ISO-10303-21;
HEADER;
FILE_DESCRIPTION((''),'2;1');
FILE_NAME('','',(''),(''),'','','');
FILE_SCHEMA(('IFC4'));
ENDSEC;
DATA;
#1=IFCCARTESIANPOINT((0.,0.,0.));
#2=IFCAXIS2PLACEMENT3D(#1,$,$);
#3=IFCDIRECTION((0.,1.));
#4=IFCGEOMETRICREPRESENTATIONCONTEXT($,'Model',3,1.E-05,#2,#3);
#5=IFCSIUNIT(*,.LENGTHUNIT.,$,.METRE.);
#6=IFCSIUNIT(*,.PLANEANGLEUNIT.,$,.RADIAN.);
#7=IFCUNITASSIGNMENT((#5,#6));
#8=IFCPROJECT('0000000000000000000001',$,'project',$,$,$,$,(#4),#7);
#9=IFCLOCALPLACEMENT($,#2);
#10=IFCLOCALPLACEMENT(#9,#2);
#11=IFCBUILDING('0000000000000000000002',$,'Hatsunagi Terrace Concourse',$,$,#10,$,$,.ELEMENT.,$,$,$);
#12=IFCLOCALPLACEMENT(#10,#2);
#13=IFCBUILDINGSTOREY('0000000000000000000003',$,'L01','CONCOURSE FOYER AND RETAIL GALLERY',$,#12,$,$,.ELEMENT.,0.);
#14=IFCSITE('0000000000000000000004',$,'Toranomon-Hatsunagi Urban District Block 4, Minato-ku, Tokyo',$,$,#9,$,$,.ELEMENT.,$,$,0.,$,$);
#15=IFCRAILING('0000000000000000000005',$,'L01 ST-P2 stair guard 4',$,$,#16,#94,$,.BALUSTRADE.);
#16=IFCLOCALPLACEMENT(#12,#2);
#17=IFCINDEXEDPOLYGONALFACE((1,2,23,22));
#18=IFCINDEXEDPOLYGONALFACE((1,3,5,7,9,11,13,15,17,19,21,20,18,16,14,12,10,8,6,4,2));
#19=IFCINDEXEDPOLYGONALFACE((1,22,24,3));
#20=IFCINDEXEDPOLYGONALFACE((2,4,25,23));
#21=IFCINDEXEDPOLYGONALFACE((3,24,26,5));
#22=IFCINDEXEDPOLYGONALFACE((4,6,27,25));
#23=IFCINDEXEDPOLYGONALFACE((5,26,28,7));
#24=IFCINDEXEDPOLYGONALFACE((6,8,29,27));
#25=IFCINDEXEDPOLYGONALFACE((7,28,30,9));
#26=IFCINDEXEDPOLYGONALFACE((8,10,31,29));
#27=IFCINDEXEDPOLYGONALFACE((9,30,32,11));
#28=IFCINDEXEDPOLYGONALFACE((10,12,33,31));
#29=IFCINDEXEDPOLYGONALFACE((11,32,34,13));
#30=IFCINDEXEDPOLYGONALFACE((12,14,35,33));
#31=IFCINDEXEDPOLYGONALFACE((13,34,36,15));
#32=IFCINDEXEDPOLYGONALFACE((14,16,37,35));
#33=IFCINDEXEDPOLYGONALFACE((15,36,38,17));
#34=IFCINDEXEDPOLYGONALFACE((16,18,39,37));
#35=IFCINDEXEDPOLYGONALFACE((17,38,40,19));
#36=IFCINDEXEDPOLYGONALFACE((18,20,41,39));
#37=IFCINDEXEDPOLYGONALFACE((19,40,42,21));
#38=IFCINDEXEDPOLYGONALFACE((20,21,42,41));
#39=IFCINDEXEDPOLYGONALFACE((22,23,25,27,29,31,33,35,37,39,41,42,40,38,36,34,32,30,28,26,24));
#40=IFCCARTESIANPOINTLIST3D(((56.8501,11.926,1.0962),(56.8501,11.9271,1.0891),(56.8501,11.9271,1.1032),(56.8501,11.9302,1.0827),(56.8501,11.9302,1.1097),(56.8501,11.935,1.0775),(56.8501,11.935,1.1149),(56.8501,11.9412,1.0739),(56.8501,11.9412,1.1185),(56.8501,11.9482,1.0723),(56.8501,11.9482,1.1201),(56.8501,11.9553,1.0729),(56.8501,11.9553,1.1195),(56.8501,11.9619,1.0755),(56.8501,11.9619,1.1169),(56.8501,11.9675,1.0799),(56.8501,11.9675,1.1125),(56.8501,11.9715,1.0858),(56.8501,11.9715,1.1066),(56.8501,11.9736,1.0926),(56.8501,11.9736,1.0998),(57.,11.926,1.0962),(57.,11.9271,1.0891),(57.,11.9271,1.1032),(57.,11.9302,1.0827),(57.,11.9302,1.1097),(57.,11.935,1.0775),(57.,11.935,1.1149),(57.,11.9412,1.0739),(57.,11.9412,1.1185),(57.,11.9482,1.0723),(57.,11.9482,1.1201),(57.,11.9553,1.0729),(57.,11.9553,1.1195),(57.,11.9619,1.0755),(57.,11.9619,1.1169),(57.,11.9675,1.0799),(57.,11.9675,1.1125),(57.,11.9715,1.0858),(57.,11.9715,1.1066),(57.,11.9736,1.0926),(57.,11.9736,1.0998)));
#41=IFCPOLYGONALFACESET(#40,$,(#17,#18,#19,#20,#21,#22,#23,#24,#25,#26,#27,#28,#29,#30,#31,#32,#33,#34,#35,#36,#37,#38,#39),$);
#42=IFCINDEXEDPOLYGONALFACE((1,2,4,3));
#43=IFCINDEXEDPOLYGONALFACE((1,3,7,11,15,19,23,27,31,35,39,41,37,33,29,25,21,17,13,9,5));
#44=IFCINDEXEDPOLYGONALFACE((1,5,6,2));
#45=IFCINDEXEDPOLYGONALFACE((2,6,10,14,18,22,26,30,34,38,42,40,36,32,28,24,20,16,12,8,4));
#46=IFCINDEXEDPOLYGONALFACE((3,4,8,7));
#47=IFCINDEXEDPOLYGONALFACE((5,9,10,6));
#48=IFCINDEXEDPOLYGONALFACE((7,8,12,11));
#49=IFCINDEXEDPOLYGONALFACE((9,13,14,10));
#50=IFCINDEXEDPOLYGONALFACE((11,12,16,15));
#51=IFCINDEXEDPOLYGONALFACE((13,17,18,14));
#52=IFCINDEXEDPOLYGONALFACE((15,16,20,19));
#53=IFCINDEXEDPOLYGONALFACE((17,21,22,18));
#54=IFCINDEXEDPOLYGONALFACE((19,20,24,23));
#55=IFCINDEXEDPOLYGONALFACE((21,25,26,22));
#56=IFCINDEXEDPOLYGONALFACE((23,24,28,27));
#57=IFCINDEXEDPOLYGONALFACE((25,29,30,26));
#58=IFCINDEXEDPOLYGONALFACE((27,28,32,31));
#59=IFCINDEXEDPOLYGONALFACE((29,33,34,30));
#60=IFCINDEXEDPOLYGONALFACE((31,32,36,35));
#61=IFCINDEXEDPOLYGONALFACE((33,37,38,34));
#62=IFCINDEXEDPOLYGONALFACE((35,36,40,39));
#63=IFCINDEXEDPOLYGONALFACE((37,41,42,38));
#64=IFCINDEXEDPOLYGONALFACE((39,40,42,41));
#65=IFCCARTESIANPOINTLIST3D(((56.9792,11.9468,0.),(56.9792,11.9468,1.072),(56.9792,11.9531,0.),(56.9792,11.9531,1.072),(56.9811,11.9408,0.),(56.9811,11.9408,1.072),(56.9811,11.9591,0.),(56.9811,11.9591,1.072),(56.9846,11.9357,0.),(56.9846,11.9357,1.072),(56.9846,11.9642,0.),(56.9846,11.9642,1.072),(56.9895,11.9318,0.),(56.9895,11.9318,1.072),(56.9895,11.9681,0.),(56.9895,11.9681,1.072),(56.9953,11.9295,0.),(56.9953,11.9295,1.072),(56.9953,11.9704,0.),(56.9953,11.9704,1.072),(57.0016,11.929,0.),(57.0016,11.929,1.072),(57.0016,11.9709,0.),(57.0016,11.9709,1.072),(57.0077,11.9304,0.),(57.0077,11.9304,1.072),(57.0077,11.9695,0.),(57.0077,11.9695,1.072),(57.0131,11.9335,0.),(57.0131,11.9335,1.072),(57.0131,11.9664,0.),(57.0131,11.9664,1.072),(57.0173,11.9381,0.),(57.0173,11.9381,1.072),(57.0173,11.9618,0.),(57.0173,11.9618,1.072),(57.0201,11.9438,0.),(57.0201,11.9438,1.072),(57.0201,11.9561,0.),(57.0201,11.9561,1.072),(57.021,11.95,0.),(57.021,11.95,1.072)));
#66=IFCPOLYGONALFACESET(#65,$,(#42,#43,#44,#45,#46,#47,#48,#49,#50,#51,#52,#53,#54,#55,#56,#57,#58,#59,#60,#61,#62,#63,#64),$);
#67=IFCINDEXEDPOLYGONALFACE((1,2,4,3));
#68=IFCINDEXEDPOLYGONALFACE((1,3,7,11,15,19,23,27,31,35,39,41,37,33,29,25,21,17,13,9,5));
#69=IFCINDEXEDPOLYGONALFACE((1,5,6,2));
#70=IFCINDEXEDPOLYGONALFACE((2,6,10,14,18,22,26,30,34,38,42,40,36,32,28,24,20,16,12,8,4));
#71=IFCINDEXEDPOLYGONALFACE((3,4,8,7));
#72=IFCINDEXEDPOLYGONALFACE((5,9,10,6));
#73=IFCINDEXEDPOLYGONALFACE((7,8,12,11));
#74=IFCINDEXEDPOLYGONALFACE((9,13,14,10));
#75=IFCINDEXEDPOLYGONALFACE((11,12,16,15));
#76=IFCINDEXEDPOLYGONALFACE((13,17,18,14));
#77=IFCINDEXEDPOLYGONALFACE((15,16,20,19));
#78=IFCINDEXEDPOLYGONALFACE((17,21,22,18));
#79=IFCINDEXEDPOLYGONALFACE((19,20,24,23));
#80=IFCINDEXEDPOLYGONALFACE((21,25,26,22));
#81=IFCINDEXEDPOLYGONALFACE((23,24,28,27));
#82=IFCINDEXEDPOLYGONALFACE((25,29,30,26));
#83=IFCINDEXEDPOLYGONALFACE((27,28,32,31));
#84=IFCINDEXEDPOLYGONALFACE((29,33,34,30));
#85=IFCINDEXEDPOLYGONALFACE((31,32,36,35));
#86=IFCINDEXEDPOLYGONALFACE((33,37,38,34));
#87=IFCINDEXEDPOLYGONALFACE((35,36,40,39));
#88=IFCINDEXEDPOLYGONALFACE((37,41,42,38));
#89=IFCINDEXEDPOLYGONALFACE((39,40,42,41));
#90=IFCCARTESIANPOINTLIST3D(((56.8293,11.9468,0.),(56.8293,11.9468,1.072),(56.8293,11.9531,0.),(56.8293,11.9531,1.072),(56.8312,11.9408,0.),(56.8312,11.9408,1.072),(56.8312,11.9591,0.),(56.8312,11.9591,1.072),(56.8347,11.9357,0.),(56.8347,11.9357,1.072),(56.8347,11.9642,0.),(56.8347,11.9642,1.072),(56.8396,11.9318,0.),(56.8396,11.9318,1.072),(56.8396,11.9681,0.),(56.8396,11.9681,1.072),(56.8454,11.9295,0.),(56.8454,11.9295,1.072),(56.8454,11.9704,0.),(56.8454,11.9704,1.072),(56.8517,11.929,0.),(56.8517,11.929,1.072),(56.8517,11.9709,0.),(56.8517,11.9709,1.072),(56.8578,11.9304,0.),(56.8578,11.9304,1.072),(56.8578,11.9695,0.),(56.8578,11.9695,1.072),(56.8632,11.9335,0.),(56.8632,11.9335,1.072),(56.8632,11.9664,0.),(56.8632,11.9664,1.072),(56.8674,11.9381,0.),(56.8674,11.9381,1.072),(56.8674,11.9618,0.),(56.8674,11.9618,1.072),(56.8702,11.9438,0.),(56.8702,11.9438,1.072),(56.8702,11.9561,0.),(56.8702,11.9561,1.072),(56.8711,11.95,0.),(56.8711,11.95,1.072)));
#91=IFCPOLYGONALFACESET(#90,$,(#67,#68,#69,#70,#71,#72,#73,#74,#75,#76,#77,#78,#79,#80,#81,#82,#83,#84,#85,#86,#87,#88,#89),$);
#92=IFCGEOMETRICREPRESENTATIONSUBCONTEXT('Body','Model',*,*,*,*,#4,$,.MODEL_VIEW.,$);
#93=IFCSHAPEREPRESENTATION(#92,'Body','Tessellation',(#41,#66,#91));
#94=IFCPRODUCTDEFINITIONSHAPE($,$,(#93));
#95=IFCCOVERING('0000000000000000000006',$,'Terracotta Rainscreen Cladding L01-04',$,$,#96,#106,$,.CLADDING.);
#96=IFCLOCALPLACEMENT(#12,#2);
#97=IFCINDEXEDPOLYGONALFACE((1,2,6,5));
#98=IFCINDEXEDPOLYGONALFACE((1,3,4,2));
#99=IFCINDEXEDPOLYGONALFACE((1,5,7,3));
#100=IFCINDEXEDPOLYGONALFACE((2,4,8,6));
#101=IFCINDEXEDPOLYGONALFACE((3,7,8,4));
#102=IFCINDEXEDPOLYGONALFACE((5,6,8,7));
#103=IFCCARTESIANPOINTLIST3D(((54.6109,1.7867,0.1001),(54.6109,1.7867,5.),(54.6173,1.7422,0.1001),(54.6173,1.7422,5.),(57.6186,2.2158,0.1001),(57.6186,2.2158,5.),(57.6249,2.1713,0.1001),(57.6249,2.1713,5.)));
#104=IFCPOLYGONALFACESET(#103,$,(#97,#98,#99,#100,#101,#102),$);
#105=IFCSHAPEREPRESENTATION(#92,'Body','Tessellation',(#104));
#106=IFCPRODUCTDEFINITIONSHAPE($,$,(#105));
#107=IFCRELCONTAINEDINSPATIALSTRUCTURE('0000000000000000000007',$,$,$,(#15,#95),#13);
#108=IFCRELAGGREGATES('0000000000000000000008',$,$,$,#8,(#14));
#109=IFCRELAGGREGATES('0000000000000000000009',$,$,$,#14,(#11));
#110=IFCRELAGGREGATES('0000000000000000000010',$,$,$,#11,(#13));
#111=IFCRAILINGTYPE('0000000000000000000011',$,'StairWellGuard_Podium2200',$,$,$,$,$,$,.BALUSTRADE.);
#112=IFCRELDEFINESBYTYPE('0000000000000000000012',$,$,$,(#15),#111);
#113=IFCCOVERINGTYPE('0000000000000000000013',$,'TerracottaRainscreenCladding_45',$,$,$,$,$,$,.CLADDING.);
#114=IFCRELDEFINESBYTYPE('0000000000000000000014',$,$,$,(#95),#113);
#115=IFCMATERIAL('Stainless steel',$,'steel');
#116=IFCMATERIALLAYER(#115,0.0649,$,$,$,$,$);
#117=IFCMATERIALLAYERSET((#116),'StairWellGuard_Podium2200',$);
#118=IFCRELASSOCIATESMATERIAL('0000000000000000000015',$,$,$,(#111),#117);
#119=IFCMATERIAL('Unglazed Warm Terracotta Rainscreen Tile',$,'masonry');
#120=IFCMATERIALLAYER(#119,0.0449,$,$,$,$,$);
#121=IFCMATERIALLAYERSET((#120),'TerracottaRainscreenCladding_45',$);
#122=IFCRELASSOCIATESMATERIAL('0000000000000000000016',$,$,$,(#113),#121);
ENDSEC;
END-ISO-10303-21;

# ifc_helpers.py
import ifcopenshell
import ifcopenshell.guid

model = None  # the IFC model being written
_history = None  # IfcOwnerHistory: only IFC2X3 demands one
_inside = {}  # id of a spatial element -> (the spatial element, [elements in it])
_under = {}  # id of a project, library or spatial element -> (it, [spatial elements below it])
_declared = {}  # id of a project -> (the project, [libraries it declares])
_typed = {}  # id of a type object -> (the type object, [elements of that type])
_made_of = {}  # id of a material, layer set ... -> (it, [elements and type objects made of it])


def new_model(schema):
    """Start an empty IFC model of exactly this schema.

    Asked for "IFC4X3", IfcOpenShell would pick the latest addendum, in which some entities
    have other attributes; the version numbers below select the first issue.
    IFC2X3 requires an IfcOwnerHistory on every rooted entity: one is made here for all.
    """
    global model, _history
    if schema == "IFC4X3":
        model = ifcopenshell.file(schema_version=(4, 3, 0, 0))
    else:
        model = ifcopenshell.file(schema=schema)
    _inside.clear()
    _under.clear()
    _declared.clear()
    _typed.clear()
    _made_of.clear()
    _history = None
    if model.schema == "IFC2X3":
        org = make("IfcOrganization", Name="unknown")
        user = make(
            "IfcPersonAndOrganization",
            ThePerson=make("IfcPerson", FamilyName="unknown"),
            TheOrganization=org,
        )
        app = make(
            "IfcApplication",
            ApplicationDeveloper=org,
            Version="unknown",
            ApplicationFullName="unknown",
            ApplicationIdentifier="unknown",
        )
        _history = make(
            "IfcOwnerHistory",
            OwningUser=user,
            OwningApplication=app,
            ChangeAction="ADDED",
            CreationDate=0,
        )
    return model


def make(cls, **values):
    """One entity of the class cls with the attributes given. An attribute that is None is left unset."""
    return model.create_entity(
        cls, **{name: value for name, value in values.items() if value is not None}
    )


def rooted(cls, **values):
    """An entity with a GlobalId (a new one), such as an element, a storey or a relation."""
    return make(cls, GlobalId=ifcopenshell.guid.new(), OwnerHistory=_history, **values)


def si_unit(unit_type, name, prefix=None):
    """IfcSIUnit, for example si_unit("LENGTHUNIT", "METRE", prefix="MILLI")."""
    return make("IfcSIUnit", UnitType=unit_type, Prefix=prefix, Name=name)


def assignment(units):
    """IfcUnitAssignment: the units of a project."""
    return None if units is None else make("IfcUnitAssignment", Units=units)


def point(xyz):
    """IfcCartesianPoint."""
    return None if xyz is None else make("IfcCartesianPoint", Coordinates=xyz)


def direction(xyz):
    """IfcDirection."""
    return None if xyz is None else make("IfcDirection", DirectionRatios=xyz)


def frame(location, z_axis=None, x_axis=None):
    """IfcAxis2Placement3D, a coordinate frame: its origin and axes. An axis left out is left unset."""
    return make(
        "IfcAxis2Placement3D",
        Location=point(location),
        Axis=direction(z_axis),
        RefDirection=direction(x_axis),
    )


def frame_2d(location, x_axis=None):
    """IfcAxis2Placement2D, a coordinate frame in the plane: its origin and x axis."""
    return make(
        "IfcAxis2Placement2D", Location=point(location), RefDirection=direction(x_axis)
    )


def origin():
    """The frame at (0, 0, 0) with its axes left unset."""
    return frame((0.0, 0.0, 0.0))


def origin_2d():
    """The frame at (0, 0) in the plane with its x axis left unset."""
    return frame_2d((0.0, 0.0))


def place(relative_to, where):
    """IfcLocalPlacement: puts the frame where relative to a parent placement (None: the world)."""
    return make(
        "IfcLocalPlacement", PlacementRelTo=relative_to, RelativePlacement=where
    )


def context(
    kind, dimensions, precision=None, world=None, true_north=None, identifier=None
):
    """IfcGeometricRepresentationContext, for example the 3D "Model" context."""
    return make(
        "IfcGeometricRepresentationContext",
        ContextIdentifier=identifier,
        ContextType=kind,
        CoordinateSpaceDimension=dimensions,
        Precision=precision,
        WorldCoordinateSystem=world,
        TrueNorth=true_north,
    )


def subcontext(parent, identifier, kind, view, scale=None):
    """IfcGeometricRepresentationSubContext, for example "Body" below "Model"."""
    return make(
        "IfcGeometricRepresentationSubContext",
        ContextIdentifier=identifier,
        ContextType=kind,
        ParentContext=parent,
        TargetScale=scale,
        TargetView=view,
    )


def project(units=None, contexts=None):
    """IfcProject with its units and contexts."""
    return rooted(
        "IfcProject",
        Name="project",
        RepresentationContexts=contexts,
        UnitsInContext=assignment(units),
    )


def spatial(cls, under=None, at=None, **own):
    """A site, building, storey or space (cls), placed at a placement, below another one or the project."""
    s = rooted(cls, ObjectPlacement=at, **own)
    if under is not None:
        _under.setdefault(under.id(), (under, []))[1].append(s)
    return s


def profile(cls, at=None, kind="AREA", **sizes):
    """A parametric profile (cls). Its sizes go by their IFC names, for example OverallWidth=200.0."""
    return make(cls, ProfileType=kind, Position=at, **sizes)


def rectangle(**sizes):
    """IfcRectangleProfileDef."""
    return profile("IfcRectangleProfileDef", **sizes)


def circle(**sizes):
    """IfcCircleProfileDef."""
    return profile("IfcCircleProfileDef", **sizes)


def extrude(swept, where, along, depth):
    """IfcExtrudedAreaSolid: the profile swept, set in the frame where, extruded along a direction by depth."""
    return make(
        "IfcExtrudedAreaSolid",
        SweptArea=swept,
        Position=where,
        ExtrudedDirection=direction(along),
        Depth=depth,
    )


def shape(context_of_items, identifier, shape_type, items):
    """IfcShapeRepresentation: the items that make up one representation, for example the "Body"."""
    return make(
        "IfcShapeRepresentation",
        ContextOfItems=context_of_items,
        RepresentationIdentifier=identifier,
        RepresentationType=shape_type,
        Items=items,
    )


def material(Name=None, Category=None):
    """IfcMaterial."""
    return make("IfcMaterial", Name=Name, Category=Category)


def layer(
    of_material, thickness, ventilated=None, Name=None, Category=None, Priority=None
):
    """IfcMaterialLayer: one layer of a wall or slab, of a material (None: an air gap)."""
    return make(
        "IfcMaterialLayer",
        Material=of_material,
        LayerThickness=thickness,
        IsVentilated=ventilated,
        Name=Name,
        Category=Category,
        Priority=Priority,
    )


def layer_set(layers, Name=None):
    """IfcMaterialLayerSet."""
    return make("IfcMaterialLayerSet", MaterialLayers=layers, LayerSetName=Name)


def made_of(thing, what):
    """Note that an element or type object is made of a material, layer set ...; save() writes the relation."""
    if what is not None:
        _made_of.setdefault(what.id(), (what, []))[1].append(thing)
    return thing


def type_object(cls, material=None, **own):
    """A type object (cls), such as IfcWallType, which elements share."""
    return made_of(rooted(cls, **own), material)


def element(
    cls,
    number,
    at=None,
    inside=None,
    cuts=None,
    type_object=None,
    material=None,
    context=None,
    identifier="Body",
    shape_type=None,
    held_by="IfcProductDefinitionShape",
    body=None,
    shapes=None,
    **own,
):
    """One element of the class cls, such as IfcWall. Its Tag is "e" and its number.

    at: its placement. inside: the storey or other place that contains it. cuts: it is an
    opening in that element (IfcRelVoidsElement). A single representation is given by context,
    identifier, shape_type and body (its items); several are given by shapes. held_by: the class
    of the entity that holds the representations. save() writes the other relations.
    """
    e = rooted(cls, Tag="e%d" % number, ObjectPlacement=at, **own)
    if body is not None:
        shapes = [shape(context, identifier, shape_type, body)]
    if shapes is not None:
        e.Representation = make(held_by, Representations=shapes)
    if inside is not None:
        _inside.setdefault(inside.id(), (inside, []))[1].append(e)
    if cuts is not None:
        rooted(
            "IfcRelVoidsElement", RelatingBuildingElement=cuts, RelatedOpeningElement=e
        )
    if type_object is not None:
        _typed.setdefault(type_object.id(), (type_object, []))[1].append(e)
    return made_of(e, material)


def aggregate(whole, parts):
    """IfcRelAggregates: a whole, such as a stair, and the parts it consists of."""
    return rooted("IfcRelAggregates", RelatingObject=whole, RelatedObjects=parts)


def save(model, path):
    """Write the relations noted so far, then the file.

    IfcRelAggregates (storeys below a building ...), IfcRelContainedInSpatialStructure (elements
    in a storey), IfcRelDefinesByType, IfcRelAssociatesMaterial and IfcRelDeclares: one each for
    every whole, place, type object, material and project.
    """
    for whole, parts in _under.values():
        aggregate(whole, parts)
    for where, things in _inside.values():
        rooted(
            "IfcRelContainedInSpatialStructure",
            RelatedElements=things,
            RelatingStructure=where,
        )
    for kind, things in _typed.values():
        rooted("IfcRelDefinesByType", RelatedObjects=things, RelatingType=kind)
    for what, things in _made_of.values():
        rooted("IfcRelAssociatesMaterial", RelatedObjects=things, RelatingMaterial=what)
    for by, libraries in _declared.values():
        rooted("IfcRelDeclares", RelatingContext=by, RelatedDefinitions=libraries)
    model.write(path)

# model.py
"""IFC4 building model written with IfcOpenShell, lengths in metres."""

from ifc_helpers import new_model, si_unit, direction, frame, origin, origin_2d, place, context, subcontext, project, spatial, rectangle, circle, extrude, material, layer, layer_set, type_object, element, save


model = new_model("IFC4")

# Units and contexts
model_context = context("Model", 3, precision=1e-05, world=origin(), true_north=direction((0.0, 1.0)))
body_context = subcontext(model_context, "Body", "Model", "MODEL_VIEW")
ifc_project = project(units=[si_unit("LENGTHUNIT", "METRE"), si_unit("PLANEANGLEUNIT", "RADIAN")], contexts=[model_context])

# Site, building, storey
site_placement = place(None, origin())
site = spatial("IfcSite", under=ifc_project, at=site_placement, Name="Toranomon-Hatsunagi Urban District Block 4, Minato-ku, Tokyo", CompositionType="ELEMENT", RefElevation=0.0)
building_placement = place(site_placement, origin())
building = spatial("IfcBuilding", under=site, at=building_placement, Name="Hatsunagi Terrace Concourse", CompositionType="ELEMENT")
storey_placement = place(building_placement, origin())
storey = spatial("IfcBuildingStorey", under=building, at=storey_placement, Name="L01", Description="CONCOURSE FOYER AND RETAIL GALLERY", CompositionType="ELEMENT", Elevation=0.0)

# Railing
ifc_material_1 = material(Name="Stainless steel", Category="steel")
ifc_layer_1 = layer(ifc_material_1, 0.0649)
ifc_layer_set_1 = layer_set([ifc_layer_1], Name="StairWellGuard_Podium2200")
railing_type_1 = type_object("IfcRailingType", Name="StairWellGuard_Podium2200", PredefinedType="BALUSTRADE", material=ifc_layer_set_1)
railing_1_placement = place(storey_placement, frame((57.0, 11.95, 0.0)))
element("IfcRailing", 1, at=railing_1_placement, inside=storey, type_object=railing_type_1, Name="L01 ST-P2 stair guard 4", PredefinedType="BALUSTRADE", context=body_context, shape_type="SweptSolid", body=[
    extrude(circle(Radius=0.0239, at=origin_2d()), frame((0.0, 0.0, 1.0962), z_axis=(-1.0, 0.0, 0.0), x_axis=(0.0, -1.0, 0.0)), (0.0, 0.0, 1.0), 0.1499),
    extrude(circle(Radius=0.021, at=origin_2d()), origin(), (0.0, 0.0, 1.0), 1.072),
    extrude(circle(Radius=0.021, at=origin_2d()), frame((-0.1499, 0.0, 0.0)), (0.0, 0.0, 1.0), 1.072),
])

# Covering
ifc_material_2 = material(Name="Unglazed Warm Terracotta Rainscreen Tile", Category="masonry")
ifc_layer_2 = layer(ifc_material_2, 0.0449)
ifc_layer_set_2 = layer_set([ifc_layer_2], Name="TerracottaRainscreenCladding_45")
covering_type = type_object("IfcCoveringType", Name="TerracottaRainscreenCladding_45", PredefinedType="CLADDING", material=ifc_layer_set_2)
covering_placement = place(storey_placement, frame((56.1179, 1.979, 0.1001), z_axis=(0.0, 0.0, 1.0), x_axis=(-0.989974, -0.14125, 0.0)))
element("IfcCovering", 2, at=covering_placement, inside=storey, type_object=covering_type, Name="Terracotta Rainscreen Cladding L01-04", PredefinedType="CLADDING", context=body_context, shape_type="SweptSolid", body=[
    extrude(rectangle(XDim=3.0381, YDim=0.0449, at=origin_2d()), origin(), (0.0, 0.0, 1.0), 4.8999),
])

save(model, "model.ifc")
